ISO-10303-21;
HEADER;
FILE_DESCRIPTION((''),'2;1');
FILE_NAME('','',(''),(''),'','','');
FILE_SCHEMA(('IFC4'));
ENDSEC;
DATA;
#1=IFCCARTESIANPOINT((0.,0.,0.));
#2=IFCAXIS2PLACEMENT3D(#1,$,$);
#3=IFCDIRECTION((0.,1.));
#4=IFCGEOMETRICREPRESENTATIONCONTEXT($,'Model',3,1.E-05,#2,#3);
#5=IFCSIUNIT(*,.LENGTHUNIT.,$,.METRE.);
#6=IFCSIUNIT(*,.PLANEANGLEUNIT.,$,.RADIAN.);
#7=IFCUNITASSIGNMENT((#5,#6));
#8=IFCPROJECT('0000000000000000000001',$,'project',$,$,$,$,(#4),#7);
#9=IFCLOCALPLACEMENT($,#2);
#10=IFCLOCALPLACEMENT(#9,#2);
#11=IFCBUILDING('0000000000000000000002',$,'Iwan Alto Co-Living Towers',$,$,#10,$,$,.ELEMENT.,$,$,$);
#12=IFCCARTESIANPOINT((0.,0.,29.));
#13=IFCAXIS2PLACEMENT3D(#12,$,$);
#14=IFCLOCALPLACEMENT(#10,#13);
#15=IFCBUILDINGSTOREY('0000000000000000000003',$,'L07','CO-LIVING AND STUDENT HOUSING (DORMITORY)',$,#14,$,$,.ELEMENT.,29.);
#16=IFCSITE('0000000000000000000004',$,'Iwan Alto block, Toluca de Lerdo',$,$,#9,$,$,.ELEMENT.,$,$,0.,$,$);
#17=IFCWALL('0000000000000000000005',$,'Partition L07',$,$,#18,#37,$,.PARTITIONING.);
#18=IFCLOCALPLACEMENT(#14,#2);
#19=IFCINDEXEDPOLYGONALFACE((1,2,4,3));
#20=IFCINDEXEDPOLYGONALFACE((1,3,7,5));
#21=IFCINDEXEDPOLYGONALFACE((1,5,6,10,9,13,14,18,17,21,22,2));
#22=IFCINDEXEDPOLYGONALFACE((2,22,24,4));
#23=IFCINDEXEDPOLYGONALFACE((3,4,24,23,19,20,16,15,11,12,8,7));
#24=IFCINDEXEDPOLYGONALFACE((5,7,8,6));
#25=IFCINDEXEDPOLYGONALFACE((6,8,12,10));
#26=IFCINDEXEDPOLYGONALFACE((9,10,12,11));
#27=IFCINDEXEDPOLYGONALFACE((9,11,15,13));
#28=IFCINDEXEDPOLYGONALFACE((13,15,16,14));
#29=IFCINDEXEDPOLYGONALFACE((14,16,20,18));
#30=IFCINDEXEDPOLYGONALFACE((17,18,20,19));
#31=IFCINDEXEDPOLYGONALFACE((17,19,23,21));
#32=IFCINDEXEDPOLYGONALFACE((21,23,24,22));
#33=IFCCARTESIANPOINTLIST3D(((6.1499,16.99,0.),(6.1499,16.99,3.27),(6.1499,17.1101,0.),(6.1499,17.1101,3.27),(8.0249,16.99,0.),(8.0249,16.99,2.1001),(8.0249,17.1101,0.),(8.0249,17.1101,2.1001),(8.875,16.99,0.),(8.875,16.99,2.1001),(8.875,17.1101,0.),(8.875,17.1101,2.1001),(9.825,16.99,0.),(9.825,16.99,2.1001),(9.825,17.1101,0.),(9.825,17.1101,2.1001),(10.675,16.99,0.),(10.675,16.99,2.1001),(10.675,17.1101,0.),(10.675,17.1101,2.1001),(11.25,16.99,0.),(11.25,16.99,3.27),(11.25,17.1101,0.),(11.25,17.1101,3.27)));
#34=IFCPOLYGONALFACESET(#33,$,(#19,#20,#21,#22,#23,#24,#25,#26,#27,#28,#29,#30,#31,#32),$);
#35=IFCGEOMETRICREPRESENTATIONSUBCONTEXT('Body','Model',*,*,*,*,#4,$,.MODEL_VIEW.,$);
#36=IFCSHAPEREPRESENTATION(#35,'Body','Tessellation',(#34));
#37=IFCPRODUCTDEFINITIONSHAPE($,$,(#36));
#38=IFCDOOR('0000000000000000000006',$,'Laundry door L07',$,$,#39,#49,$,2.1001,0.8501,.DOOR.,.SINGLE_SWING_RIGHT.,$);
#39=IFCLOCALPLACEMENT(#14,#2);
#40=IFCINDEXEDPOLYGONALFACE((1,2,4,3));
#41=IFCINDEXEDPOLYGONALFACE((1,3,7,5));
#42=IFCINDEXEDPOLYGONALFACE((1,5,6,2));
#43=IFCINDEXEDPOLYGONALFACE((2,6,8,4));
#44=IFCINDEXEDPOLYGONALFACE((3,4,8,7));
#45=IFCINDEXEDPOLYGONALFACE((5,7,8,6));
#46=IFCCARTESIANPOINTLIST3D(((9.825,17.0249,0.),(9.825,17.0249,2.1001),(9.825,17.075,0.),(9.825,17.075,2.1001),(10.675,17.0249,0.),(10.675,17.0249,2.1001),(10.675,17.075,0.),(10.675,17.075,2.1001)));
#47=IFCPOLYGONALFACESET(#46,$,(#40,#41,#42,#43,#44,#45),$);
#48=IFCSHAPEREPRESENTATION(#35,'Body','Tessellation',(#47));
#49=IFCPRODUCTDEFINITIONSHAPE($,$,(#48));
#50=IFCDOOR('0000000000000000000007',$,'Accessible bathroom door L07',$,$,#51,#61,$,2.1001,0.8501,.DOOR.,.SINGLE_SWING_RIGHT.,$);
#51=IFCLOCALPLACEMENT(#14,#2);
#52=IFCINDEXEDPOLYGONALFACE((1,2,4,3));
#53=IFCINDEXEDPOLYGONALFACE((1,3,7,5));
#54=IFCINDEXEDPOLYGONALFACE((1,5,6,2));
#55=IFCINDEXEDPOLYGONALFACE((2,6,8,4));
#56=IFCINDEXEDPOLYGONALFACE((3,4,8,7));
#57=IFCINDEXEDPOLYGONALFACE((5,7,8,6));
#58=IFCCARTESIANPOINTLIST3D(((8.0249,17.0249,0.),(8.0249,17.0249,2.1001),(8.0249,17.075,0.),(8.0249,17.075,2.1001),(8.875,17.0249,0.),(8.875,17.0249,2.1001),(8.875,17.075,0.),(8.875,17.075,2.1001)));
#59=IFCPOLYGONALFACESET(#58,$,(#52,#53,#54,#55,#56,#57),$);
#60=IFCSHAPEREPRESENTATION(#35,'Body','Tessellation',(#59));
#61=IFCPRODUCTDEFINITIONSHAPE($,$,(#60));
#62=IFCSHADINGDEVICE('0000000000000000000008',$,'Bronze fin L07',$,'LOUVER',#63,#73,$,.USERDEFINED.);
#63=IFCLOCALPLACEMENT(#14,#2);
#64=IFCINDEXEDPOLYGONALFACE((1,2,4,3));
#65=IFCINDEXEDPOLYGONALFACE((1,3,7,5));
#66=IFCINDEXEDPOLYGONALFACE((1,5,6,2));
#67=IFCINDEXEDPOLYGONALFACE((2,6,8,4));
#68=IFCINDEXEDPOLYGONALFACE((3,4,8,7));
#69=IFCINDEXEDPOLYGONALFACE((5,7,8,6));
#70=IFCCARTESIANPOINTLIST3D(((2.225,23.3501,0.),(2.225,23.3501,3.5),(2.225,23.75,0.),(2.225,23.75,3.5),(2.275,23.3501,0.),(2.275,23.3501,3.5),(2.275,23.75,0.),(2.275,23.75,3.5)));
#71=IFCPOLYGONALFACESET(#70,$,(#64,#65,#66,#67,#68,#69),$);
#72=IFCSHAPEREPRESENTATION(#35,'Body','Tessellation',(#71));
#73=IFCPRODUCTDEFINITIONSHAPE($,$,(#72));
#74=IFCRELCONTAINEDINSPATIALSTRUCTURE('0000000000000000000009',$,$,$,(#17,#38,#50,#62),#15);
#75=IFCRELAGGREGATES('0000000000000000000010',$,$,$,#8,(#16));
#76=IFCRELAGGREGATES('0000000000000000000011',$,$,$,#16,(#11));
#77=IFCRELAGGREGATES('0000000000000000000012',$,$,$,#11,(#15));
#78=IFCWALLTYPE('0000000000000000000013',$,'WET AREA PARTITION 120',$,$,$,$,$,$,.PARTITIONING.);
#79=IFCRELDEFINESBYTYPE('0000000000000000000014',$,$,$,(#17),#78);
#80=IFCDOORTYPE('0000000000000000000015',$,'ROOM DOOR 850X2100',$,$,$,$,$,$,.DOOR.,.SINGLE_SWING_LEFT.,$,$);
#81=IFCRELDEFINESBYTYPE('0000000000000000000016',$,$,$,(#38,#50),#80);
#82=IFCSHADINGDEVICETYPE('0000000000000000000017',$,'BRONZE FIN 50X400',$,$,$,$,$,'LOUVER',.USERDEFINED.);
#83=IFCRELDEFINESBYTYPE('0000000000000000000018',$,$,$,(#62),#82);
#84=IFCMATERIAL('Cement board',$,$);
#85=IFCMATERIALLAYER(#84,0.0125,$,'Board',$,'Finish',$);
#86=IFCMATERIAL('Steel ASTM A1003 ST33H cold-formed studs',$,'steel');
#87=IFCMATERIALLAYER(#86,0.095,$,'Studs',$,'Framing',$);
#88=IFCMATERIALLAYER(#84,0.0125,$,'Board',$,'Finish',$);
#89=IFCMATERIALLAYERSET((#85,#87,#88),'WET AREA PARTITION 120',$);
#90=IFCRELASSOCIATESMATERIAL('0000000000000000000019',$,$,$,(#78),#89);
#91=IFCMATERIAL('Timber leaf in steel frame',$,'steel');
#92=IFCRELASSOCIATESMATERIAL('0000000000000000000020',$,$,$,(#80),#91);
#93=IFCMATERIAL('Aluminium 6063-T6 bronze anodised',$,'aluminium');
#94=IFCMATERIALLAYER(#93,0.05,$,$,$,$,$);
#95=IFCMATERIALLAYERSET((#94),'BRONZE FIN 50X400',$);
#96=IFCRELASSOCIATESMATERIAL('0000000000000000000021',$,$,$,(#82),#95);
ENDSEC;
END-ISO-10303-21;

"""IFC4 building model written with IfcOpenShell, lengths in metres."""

from ifc_helpers import new_model, si_unit, direction, frame, frame_2d, origin, origin_2d, place, context, subcontext, project, spatial, rectangle, extrude, material, layer, layer_set, type_object, element, fill, save


model = new_model("IFC4")

# Units and contexts
model_context = context("Model", 3, precision=1e-05, world=origin(), true_north=direction((0.0, 1.0)))
body_context = subcontext(model_context, "Body", "Model", "MODEL_VIEW")
ifc_project = project(units=[si_unit("LENGTHUNIT", "METRE"), si_unit("PLANEANGLEUNIT", "RADIAN")], contexts=[model_context])

# Site, building, storey
site_placement = place(None, origin())
site = spatial("IfcSite", under=ifc_project, at=site_placement, Name="Iwan Alto block, Toluca de Lerdo", CompositionType="ELEMENT", RefElevation=0.0)
building_placement = place(site_placement, origin())
building = spatial("IfcBuilding", under=site, at=building_placement, Name="Iwan Alto Co-Living Towers", CompositionType="ELEMENT")
storey_placement = place(building_placement, frame((0.0, 0.0, 29.0)))
storey = spatial("IfcBuildingStorey", under=building, at=storey_placement, Name="L07", Description="CO-LIVING AND STUDENT HOUSING (DORMITORY)", CompositionType="ELEMENT", Elevation=29.0)

# Shared definitions
ifc_material_1 = material(Name="Steel ASTM A1003 ST33H cold-formed studs", Category="steel")

# Wall, openings, doors
ifc_material_2 = material(Name="Cement board")
ifc_layer_1 = layer(ifc_material_2, 0.0125, Name="Board", Category="Finish")
ifc_layer_2 = layer(ifc_material_1, 0.095, Name="Studs", Category="Framing")
ifc_layer_3 = layer(ifc_material_2, 0.0125, Name="Board", Category="Finish")
ifc_layer_set_1 = layer_set([ifc_layer_1, ifc_layer_2, ifc_layer_3], Name="WET AREA PARTITION 120")
wall_type_1 = type_object("IfcWallType", Name="WET AREA PARTITION 120", PredefinedType="PARTITIONING", material=ifc_layer_set_1)
wall_placement = place(storey_placement, frame((6.1499, 17.05, 0.0), z_axis=(0.0, 0.0, 1.0), x_axis=(1.0, 0.0, 0.0)))
wall = element("IfcWall", 1, at=wall_placement, inside=storey, type_object=wall_type_1, Name="Partition L07", PredefinedType="PARTITIONING", context=body_context, shape_type="SweptSolid", body=[
    extrude(rectangle(XDim=5.1001, YDim=0.1201, at=frame_2d((2.55, 0.0))), origin(), (0.0, 0.0, 1.0), 3.27),
])
opening_1_placement = place(wall_placement, frame((3.675, 0.0, 0.0)))
opening_1 = element("IfcOpeningElement", 2, at=opening_1_placement, cuts=wall, PredefinedType="OPENING", context=body_context, shape_type="SweptSolid", body=[
    extrude(rectangle(XDim=0.8501, YDim=2.1001, at=frame_2d((0.425, 1.05))), frame((0.0, 0.0701, 0.0), z_axis=(0.0, -1.0, 0.0), x_axis=(1.0, 0.0, 0.0)), (0.0, 0.0, 1.0), 0.1401),
])
opening_2_placement = place(wall_placement, frame((1.875, 0.0, 0.0)))
opening_2 = element("IfcOpeningElement", 3, at=opening_2_placement, cuts=wall, PredefinedType="OPENING", context=body_context, shape_type="SweptSolid", body=[
    extrude(rectangle(XDim=0.8501, YDim=2.1001, at=frame_2d((0.425, 1.05))), frame((0.0, 0.0701, 0.0), z_axis=(0.0, -1.0, 0.0), x_axis=(1.0, 0.0, 0.0)), (0.0, 0.0, 1.0), 0.1401),
])
ifc_material_3 = material(Name="Timber leaf in steel frame", Category="steel")
door_type = type_object("IfcDoorType", Name="ROOM DOOR 850X2100", OperationType="SINGLE_SWING_LEFT", PredefinedType="DOOR", material=ifc_material_3)
door_1_placement = place(opening_1_placement, origin())
door_1 = element("IfcDoor", 4, at=door_1_placement, inside=storey, type_object=door_type, Name="Laundry door L07", OperationType="SINGLE_SWING_RIGHT", OverallHeight=2.1001, OverallWidth=0.8501, PredefinedType="DOOR", context=body_context, shape_type="SweptSolid", body=[
    extrude(rectangle(XDim=0.8501, YDim=2.1001, at=frame_2d((0.425, 1.05))), frame((0.0, 0.0249, 0.0), z_axis=(0.0, -1.0, 0.0), x_axis=(1.0, 0.0, 0.0)), (0.0, 0.0, 1.0), 0.05),
])
fill(opening_1, door_1)
door_2_placement = place(opening_2_placement, origin())
door_2 = element("IfcDoor", 5, at=door_2_placement, inside=storey, type_object=door_type, Name="Accessible bathroom door L07", OperationType="SINGLE_SWING_RIGHT", OverallHeight=2.1001, OverallWidth=0.8501, PredefinedType="DOOR", context=body_context, shape_type="SweptSolid", body=[
    extrude(rectangle(XDim=0.8501, YDim=2.1001, at=frame_2d((0.425, 1.05))), frame((0.0, 0.0249, 0.0), z_axis=(0.0, -1.0, 0.0), x_axis=(1.0, 0.0, 0.0)), (0.0, 0.0, 1.0), 0.05),
])
fill(opening_2, door_2)

# Shading device
ifc_material_4 = material(Name="Aluminium 6063-T6 bronze anodised", Category="aluminium")
ifc_layer_4 = layer(ifc_material_4, 0.05)
ifc_layer_set_2 = layer_set([ifc_layer_4], Name="BRONZE FIN 50X400")
shading_device_type = type_object("IfcShadingDeviceType", Name="BRONZE FIN 50X400", ElementType="LOUVER", PredefinedType="USERDEFINED", material=ifc_layer_set_2)
shading_device_placement = place(storey_placement, frame((2.25, 23.55, 0.0), z_axis=(0.0, 0.0, 1.0), x_axis=(-1.0, 0.0, 0.0)))
element("IfcShadingDevice", 6, at=shading_device_placement, inside=storey, type_object=shading_device_type, Name="Bronze fin L07", ObjectType="LOUVER", PredefinedType="USERDEFINED", context=body_context, shape_type="SweptSolid", body=[
    extrude(rectangle(XDim=0.05, YDim=0.3999, at=origin_2d()), origin(), (0.0, 0.0, 1.0), 3.5),
])

save(model, "model.ifc")
